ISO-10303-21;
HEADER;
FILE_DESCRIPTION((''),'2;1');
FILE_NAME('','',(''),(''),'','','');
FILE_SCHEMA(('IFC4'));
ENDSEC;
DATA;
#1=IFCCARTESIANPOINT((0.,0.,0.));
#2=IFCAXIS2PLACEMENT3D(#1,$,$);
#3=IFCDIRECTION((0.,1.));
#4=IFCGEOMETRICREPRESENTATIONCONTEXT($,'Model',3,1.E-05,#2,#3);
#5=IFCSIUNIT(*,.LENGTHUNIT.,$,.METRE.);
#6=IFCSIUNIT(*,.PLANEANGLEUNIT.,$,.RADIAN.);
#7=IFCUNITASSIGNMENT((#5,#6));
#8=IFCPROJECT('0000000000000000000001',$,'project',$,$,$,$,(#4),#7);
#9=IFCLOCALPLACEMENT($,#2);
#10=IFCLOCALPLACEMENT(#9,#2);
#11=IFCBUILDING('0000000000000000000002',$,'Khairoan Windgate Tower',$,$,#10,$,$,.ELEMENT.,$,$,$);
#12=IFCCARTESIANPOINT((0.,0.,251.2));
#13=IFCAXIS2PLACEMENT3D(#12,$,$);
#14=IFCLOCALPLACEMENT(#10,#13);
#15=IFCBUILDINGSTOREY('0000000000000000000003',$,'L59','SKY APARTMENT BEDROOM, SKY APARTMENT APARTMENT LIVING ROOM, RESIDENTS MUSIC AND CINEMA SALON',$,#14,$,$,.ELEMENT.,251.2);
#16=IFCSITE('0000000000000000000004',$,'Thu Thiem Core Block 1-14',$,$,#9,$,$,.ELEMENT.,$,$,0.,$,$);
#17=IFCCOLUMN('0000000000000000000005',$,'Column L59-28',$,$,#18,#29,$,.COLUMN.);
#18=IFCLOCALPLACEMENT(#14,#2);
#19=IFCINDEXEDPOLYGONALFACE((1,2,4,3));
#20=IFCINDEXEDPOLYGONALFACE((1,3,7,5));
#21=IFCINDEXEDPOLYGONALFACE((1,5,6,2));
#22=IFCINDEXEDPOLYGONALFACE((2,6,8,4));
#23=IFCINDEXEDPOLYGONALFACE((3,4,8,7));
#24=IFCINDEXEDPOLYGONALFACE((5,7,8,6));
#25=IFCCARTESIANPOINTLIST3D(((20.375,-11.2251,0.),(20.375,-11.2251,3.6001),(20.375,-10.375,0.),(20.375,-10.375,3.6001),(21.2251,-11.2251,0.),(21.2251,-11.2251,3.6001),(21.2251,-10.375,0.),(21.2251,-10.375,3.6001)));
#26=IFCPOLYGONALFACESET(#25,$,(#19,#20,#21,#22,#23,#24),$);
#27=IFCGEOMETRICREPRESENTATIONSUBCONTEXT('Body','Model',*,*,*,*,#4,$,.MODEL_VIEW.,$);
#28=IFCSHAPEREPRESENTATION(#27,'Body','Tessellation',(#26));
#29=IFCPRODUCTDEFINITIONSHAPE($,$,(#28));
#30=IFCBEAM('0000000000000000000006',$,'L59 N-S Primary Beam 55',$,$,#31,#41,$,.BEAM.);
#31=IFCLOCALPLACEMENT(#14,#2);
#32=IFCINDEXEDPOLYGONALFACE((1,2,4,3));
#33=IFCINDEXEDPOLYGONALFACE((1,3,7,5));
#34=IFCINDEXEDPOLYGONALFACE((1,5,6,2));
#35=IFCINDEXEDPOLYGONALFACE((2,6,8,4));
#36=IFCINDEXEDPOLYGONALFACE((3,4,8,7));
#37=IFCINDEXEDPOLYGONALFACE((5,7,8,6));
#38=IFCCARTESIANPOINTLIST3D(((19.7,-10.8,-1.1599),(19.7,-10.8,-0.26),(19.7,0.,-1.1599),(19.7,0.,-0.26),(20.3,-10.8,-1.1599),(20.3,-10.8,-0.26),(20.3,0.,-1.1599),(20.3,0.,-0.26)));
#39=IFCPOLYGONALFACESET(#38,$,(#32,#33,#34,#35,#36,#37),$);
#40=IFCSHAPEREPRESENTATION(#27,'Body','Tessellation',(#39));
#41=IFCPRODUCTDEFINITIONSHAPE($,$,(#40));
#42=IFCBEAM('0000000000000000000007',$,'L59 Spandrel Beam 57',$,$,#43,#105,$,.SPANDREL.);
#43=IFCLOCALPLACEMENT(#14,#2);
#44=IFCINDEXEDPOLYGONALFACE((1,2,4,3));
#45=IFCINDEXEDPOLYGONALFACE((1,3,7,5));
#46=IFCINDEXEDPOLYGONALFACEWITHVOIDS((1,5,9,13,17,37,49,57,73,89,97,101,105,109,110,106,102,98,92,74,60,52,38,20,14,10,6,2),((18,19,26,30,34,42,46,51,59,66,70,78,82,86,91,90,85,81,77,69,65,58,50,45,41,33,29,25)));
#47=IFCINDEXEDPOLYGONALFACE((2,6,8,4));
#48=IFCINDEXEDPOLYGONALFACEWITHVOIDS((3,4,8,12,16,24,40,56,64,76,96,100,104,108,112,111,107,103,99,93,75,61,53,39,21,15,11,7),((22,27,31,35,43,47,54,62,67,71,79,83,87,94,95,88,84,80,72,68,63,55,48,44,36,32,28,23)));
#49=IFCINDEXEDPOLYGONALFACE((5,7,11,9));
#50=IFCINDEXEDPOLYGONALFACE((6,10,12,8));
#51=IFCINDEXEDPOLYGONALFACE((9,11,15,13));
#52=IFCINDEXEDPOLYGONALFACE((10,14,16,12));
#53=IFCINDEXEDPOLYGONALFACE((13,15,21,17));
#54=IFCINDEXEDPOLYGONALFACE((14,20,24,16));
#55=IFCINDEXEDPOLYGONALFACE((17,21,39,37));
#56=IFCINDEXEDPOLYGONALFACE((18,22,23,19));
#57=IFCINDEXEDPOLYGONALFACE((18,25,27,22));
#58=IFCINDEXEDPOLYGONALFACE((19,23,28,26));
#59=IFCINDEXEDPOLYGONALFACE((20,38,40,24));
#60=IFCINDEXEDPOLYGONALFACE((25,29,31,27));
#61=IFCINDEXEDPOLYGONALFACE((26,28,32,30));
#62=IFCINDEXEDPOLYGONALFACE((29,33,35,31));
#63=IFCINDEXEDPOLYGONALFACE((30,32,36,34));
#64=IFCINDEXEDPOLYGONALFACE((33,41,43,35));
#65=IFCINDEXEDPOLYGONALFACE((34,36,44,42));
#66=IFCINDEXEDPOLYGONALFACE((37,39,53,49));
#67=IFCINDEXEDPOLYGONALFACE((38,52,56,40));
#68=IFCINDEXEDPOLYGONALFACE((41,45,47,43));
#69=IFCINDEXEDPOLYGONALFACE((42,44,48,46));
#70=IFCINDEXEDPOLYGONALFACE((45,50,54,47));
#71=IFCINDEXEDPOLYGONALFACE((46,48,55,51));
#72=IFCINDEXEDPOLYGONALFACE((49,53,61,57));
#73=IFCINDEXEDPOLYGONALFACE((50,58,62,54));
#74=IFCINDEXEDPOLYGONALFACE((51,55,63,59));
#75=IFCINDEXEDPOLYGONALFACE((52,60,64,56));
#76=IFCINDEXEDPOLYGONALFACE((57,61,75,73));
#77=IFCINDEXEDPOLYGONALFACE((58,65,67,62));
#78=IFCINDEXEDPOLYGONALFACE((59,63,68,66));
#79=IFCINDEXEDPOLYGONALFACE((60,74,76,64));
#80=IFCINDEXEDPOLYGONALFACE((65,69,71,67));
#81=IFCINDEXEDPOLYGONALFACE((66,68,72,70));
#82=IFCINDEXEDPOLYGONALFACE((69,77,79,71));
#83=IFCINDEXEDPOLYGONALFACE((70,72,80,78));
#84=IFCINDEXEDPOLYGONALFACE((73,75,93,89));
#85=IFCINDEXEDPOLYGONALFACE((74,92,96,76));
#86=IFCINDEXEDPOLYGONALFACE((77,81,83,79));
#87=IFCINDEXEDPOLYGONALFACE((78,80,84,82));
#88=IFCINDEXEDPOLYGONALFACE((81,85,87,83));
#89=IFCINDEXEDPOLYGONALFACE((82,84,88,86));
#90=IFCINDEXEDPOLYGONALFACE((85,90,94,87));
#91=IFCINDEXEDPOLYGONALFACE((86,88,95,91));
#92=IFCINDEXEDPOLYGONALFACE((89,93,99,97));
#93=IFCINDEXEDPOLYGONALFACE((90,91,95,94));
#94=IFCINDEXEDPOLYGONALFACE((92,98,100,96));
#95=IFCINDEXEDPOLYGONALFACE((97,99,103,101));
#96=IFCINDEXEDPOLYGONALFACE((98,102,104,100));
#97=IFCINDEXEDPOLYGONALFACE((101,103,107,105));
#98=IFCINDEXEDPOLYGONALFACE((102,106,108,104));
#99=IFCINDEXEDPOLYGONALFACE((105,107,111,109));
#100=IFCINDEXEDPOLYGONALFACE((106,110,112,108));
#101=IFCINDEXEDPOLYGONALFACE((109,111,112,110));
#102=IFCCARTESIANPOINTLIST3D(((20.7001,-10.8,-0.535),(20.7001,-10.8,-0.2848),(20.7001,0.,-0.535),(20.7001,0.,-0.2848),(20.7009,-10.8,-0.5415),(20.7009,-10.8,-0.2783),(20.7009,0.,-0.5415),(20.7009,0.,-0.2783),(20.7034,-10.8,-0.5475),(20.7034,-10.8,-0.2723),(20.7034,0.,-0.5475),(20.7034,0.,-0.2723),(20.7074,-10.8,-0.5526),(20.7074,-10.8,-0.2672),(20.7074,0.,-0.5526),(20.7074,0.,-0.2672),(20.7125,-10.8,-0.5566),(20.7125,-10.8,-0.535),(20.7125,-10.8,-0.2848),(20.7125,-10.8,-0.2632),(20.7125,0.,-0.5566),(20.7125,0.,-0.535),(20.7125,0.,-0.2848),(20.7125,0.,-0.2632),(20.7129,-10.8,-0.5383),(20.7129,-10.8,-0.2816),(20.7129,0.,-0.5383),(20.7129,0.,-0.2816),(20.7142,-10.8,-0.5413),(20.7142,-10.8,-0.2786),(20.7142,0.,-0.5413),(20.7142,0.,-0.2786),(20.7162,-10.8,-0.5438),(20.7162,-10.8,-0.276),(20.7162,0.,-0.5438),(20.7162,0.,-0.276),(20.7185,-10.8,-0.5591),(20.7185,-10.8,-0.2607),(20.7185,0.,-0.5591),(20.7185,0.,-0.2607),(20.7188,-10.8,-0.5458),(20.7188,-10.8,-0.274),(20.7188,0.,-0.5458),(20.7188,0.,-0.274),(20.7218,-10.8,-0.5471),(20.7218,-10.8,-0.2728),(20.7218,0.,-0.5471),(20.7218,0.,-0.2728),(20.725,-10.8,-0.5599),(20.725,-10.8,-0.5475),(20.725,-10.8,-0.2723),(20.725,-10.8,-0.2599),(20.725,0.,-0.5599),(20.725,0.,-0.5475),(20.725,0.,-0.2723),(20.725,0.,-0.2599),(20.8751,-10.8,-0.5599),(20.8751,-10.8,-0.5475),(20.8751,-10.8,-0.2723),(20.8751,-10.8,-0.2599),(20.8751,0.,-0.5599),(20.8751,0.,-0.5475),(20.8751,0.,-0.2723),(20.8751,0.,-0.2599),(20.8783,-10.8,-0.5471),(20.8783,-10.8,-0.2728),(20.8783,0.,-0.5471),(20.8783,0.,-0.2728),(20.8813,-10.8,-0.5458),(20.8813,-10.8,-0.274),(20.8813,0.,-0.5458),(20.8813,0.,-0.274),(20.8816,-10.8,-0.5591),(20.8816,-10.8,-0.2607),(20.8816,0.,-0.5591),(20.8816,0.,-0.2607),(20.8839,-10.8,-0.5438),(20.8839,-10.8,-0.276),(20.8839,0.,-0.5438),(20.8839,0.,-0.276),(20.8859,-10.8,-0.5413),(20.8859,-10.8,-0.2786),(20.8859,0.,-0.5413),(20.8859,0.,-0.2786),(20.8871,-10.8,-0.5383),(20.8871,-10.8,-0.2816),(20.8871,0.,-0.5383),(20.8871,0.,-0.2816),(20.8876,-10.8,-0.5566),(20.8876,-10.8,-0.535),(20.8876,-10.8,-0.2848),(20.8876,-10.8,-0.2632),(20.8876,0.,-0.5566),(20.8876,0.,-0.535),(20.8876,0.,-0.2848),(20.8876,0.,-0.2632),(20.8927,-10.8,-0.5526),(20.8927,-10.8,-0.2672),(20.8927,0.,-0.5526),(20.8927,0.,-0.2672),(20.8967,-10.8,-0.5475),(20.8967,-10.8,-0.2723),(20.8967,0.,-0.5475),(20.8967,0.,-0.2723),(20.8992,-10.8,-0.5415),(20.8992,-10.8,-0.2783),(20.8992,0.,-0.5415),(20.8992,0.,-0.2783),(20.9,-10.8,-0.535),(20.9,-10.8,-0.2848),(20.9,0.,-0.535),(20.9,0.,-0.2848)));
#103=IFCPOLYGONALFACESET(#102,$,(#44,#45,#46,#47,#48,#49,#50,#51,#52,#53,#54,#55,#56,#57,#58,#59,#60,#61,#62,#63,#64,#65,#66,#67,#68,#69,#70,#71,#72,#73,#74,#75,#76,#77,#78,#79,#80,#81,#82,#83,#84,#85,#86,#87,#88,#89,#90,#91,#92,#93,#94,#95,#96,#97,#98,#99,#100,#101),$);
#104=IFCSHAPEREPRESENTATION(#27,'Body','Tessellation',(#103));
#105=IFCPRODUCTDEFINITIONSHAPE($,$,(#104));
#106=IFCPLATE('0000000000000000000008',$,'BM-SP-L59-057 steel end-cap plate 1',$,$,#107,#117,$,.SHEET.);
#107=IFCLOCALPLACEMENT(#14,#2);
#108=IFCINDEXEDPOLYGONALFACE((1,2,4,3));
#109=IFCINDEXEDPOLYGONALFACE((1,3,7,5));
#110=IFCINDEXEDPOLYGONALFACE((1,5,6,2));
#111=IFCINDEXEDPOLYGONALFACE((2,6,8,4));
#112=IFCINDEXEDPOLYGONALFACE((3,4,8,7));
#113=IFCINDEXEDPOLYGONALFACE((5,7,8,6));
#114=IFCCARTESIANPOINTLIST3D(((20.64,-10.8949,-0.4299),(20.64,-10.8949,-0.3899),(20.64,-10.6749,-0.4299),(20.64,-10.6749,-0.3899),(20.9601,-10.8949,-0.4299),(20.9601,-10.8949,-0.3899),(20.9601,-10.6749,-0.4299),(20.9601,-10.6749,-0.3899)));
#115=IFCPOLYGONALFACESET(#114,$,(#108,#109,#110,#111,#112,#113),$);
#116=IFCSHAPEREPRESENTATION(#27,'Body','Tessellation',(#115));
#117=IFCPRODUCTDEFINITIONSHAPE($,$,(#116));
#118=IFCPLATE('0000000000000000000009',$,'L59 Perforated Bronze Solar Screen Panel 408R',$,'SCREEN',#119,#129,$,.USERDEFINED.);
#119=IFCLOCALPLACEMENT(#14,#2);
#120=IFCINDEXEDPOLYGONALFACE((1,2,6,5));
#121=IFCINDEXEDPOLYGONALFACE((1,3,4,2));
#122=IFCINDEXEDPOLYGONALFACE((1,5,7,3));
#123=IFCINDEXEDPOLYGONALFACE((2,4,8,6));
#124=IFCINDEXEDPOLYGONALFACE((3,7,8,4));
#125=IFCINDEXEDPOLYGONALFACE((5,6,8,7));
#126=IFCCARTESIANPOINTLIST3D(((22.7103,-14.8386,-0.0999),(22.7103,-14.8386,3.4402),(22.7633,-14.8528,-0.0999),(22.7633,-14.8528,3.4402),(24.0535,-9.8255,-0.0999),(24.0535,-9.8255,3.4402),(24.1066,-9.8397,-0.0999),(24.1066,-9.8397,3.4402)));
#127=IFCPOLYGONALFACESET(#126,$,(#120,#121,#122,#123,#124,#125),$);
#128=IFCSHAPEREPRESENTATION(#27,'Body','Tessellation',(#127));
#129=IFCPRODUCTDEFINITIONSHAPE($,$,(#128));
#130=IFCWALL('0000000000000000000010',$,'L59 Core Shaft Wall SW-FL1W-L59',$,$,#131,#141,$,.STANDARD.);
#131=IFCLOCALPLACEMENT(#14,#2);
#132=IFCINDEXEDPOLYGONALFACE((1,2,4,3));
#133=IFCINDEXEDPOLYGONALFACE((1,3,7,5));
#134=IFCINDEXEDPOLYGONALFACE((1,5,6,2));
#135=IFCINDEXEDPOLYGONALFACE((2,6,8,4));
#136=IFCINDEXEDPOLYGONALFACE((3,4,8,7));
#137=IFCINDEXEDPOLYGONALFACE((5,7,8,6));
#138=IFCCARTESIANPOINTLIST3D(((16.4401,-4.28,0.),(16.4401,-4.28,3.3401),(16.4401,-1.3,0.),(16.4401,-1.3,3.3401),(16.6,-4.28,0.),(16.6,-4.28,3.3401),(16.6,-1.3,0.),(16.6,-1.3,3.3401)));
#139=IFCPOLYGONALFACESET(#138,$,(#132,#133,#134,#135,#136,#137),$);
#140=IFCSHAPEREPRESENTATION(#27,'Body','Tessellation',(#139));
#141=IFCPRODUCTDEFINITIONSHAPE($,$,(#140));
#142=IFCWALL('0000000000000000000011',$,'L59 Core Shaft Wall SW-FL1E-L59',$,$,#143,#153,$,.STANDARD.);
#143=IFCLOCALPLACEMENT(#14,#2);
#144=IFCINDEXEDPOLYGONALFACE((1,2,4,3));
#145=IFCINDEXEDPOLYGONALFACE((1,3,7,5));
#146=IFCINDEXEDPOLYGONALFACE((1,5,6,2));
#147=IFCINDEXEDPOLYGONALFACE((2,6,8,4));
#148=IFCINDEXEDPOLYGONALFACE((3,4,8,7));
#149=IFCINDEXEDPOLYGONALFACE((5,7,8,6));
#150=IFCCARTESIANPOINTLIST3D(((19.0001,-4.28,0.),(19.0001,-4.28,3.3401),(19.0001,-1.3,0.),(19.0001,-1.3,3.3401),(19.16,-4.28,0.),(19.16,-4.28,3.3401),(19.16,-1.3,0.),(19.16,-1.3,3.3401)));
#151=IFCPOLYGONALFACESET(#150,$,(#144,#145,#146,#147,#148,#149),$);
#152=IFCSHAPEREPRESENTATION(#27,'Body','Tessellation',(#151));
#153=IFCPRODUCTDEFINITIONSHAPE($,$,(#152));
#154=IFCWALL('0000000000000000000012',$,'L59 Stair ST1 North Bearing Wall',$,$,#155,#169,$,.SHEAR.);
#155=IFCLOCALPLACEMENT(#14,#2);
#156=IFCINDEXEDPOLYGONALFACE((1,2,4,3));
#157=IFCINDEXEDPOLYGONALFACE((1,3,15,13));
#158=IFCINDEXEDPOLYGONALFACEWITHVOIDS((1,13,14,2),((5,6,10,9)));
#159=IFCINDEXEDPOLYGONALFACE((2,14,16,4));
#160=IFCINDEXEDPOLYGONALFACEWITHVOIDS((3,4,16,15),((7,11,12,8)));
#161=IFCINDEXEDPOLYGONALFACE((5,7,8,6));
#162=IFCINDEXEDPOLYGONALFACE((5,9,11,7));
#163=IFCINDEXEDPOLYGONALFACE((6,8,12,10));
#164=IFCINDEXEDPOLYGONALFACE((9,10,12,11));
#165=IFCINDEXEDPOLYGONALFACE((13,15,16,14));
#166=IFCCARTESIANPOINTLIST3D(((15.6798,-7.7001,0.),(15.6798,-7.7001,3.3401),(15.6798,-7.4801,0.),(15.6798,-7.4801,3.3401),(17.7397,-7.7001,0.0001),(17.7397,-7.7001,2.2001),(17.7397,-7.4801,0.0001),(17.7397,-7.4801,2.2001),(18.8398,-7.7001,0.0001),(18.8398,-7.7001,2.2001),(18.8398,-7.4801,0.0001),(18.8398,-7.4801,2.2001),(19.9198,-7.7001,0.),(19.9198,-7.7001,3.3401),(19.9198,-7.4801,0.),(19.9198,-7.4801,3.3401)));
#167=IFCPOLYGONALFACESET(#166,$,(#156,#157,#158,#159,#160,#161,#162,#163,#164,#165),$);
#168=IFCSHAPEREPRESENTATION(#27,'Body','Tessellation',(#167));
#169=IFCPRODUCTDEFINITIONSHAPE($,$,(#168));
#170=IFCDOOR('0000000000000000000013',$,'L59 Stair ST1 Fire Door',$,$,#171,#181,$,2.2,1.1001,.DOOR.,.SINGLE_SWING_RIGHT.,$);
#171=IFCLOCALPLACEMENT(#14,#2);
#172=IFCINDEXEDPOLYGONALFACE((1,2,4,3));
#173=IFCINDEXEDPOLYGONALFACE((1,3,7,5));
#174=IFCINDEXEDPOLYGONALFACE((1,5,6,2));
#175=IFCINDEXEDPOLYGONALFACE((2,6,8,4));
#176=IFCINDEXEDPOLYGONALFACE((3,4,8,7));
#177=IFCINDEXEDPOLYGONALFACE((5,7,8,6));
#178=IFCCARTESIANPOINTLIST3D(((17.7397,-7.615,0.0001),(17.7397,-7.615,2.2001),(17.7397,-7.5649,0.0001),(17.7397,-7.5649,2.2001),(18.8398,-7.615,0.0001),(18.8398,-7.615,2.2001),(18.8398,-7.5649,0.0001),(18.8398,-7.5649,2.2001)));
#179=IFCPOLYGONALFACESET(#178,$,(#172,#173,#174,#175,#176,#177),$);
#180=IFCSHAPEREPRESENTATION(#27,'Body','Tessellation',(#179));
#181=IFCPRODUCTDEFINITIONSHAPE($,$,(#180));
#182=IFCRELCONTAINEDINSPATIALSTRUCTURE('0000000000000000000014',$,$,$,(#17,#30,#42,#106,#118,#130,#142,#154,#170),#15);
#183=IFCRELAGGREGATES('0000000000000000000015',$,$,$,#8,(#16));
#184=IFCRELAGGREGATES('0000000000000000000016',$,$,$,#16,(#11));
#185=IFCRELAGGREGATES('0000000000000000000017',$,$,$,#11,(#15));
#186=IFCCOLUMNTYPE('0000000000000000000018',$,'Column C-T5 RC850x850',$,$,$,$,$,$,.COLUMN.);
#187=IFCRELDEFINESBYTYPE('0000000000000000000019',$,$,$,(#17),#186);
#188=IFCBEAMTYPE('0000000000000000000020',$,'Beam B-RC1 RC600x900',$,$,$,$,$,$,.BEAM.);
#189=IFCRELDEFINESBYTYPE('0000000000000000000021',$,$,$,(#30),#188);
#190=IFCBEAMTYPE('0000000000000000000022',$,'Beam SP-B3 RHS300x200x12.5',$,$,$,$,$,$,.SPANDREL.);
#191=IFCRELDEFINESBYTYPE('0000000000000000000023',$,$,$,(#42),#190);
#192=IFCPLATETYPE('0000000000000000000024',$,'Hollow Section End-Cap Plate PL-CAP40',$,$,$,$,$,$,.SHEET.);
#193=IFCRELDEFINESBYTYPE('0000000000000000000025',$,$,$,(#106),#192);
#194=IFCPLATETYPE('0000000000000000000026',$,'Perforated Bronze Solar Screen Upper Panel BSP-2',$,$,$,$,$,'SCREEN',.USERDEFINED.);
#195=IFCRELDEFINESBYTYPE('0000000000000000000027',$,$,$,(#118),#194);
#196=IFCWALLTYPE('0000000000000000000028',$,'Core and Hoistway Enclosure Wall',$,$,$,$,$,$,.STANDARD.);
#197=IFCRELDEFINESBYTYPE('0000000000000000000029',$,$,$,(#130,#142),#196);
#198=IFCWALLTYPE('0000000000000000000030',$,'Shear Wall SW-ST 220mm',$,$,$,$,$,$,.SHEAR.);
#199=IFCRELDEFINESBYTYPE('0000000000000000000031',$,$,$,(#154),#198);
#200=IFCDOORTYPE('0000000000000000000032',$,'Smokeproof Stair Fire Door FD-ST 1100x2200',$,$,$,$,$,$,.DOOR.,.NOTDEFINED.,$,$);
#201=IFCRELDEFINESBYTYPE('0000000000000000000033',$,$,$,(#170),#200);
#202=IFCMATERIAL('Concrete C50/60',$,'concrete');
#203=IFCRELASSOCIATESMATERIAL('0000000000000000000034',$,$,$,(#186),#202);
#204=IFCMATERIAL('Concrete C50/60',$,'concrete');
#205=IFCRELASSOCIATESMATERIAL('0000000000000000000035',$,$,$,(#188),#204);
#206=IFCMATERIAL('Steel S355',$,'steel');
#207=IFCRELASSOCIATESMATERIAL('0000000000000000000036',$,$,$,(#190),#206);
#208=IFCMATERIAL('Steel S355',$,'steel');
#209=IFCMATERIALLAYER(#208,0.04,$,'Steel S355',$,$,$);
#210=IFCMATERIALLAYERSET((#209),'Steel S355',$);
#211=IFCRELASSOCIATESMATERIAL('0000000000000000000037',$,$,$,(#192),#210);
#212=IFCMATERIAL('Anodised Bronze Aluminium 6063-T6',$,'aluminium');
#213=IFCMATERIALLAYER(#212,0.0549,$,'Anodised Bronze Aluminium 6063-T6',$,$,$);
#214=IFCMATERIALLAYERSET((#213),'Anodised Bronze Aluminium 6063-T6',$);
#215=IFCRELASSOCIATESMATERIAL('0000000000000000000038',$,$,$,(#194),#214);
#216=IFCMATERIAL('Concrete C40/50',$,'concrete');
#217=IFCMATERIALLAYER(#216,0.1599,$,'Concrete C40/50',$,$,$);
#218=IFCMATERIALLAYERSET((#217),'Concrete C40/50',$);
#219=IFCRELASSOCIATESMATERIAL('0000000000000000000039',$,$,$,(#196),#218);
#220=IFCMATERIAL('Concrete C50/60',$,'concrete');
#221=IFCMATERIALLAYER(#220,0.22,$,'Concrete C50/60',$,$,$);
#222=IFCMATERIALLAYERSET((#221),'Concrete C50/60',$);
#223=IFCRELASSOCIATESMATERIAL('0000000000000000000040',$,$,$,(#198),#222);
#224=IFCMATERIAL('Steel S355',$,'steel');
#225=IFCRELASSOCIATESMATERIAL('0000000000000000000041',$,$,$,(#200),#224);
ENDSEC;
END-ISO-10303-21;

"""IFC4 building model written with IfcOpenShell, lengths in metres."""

from ifc_helpers import new_model, si_unit, direction, frame, frame_2d, origin, origin_2d, place, context, subcontext, project, spatial, rectangle, hollow_rectangle, extrude, material, layer, layer_set, material_profile, profile_set, type_object, element, fill, save


model = new_model("IFC4")

# Units and contexts
model_context = context("Model", 3, precision=1e-05, world=origin(), true_north=direction((0.0, 1.0)))
body_context = subcontext(model_context, "Body", "Model", "MODEL_VIEW")
ifc_project = project(units=[si_unit("LENGTHUNIT", "METRE"), si_unit("PLANEANGLEUNIT", "RADIAN")], contexts=[model_context])

# Site, building, storey
site_placement = place(None, origin())
site = spatial("IfcSite", under=ifc_project, at=site_placement, Name="Thu Thiem Core Block 1-14", CompositionType="ELEMENT", RefElevation=0.0)
building_placement = place(site_placement, origin())
building = spatial("IfcBuilding", under=site, at=building_placement, Name="Khairoan Windgate Tower", CompositionType="ELEMENT")
storey_placement = place(building_placement, frame((0.0, 0.0, 251.2)))
storey = spatial("IfcBuildingStorey", under=building, at=storey_placement, Name="L59", Description="SKY APARTMENT BEDROOM, SKY APARTMENT APARTMENT LIVING ROOM, RESIDENTS MUSIC AND CINEMA SALON", CompositionType="ELEMENT", Elevation=251.2)

# Column
ifc_material_1 = material(Name="Concrete C50/60", Category="concrete")
ifc_material_profile_1 = material_profile(ifc_material_1, rectangle(XDim=0.8501, YDim=0.8501, at=origin_2d()))
ifc_profile_set_1 = profile_set([ifc_material_profile_1], Name="Concrete C50/60")
column_type = type_object("IfcColumnType", Name="Column C-T5 RC850x850", PredefinedType="COLUMN", material=ifc_profile_set_1)
column_placement = place(storey_placement, frame((20.8, -10.8, 0.0), z_axis=(0.0, 0.0, 1.0), x_axis=(1.0, 0.0, 0.0)))
element("IfcColumn", 1, at=column_placement, inside=storey, type_object=column_type, Name="Column L59-28", PredefinedType="COLUMN", context=body_context, shape_type="SweptSolid", body=[
    extrude(rectangle(XDim=0.8501, YDim=0.8501, at=origin_2d()), origin(), (0.0, 0.0, 1.0), 3.6001),
])

# Beams
ifc_material_2 = material(Name="Concrete C50/60", Category="concrete")
ifc_material_profile_2 = material_profile(ifc_material_2, rectangle(XDim=0.6001, YDim=0.8999, at=origin_2d()))
ifc_profile_set_2 = profile_set([ifc_material_profile_2], Name="Concrete C50/60")
beam_type_1 = type_object("IfcBeamType", Name="Beam B-RC1 RC600x900", PredefinedType="BEAM", material=ifc_profile_set_2)
beam_1_placement = place(storey_placement, frame((20.0, -10.8, -0.71), z_axis=(0.0, 1.0, 0.0), x_axis=(-1.0, 0.0, 0.0)))
element("IfcBeam", 2, at=beam_1_placement, inside=storey, type_object=beam_type_1, Name="L59 N-S Primary Beam 55", PredefinedType="BEAM", context=body_context, shape_type="SweptSolid", body=[
    extrude(rectangle(XDim=0.6001, YDim=0.8999, at=origin_2d()), origin(), (0.0, 0.0, 1.0), 10.8),
])
ifc_material_3 = material(Name="Steel S355", Category="steel")
ifc_material_profile_3 = material_profile(ifc_material_3, hollow_rectangle(XDim=0.2, YDim=0.3, WallThickness=0.0125, InnerFilletRadius=0.0125, OuterFilletRadius=0.0249, at=origin_2d()))
ifc_profile_set_3 = profile_set([ifc_material_profile_3], Name="Steel S355")
beam_type_2 = type_object("IfcBeamType", Name="Beam SP-B3 RHS300x200x12.5", PredefinedType="SPANDREL", material=ifc_profile_set_3)
beam_2_placement = place(storey_placement, frame((20.8, -10.8, -0.4099), z_axis=(0.0, 1.0, 0.0), x_axis=(-1.0, 0.0, 0.0)))
element("IfcBeam", 3, at=beam_2_placement, inside=storey, type_object=beam_type_2, Name="L59 Spandrel Beam 57", PredefinedType="SPANDREL", context=body_context, shape_type="SweptSolid", body=[
    extrude(hollow_rectangle(XDim=0.2, YDim=0.3, WallThickness=0.0125, InnerFilletRadius=0.0125, OuterFilletRadius=0.0249, at=origin_2d()), origin(), (0.0, 0.0, 1.0), 10.8),
])

# Plates
ifc_material_4 = material(Name="Steel S355", Category="steel")
ifc_layer_1 = layer(ifc_material_4, 0.04, Name="Steel S355")
ifc_layer_set_1 = layer_set([ifc_layer_1], Name="Steel S355")
plate_type_1 = type_object("IfcPlateType", Name="Hollow Section End-Cap Plate PL-CAP40", PredefinedType="SHEET", material=ifc_layer_set_1)
plate_1_placement = place(storey_placement, frame((20.8, -10.7849, -0.4299), z_axis=(0.0, 0.0, 1.0), x_axis=(0.0, 1.0, 0.0)))
element("IfcPlate", 4, at=plate_1_placement, inside=storey, type_object=plate_type_1, Name="BM-SP-L59-057 steel end-cap plate 1", PredefinedType="SHEET", context=body_context, shape_type="SweptSolid", body=[
    extrude(rectangle(XDim=0.22, YDim=0.3201, at=origin_2d()), origin(), (0.0, 0.0, 1.0), 0.04),
])
ifc_material_5 = material(Name="Anodised Bronze Aluminium 6063-T6", Category="aluminium")
ifc_layer_2 = layer(ifc_material_5, 0.0549, Name="Anodised Bronze Aluminium 6063-T6")
ifc_layer_set_2 = layer_set([ifc_layer_2], Name="Anodised Bronze Aluminium 6063-T6")
plate_type_2 = type_object("IfcPlateType", Name="Perforated Bronze Solar Screen Upper Panel BSP-2", ElementType="SCREEN", PredefinedType="USERDEFINED", material=ifc_layer_set_2)
plate_2_placement = place(storey_placement, frame((23.4084, -12.3391, -0.0999), z_axis=(0.0, 0.0, 1.0), x_axis=(-0.258819, -0.965926, 0.0)))
element("IfcPlate", 5, at=plate_2_placement, inside=storey, type_object=plate_type_2, Name="L59 Perforated Bronze Solar Screen Panel 408R", ObjectType="SCREEN", PredefinedType="USERDEFINED", context=body_context, shape_type="SweptSolid", body=[
    extrude(rectangle(XDim=5.1899, YDim=0.0549, at=origin_2d()), origin(), (0.0, 0.0, 1.0), 3.54),
])

# Walls
ifc_material_6 = material(Name="Concrete C40/50", Category="concrete")
ifc_layer_3 = layer(ifc_material_6, 0.1599, Name="Concrete C40/50")
ifc_layer_set_3 = layer_set([ifc_layer_3], Name="Concrete C40/50")
wall_type_1 = type_object("IfcWallType", Name="Core and Hoistway Enclosure Wall", PredefinedType="STANDARD", material=ifc_layer_set_3)
for number, where, z_axis, x_axis, name in (
    (6, (16.52, -4.28, 0.0), (0.0, 0.0, 1.0), (0.0, 1.0, 0.0), "L59 Core Shaft Wall SW-FL1W-L59"),
    (7, (19.0801, -4.28, 0.0), (0.0, 0.0, 1.0), (0.0, 1.0, 0.0), "L59 Core Shaft Wall SW-FL1E-L59"),
):
    element("IfcWall", number, at=place(storey_placement, frame(where, z_axis=z_axis, x_axis=x_axis)), inside=storey, type_object=wall_type_1, Name=name, PredefinedType="STANDARD", context=body_context, shape_type="SweptSolid", body=[
        extrude(rectangle(XDim=2.98, YDim=0.1599, at=frame_2d((1.49, 0.0))), origin(), (0.0, 0.0, 1.0), 3.3401),
    ])

# Wall, opening, door
ifc_material_7 = material(Name="Concrete C50/60", Category="concrete")
ifc_layer_4 = layer(ifc_material_7, 0.22, Name="Concrete C50/60")
ifc_layer_set_4 = layer_set([ifc_layer_4], Name="Concrete C50/60")
wall_type_2 = type_object("IfcWallType", Name="Shear Wall SW-ST 220mm", PredefinedType="SHEAR", material=ifc_layer_set_4)
wall_placement = place(storey_placement, frame((19.9199, -7.5901, 0.0), z_axis=(0.0, 0.0, 1.0), x_axis=(-1.0, 0.0, 0.0)))
wall = element("IfcWall", 8, at=wall_placement, inside=storey, type_object=wall_type_2, Name="L59 Stair ST1 North Bearing Wall", PredefinedType="SHEAR", context=body_context, shape_type="SweptSolid", body=[
    extrude(rectangle(XDim=4.24, YDim=0.22, at=frame_2d((2.1201, 0.0))), origin(), (0.0, 0.0, 1.0), 3.3401),
])
opening_placement = place(wall_placement, frame((1.0801, 0.0, 0.0)))
opening = element("IfcOpeningElement", 9, at=opening_placement, cuts=wall, PredefinedType="OPENING", context=body_context, shape_type="SweptSolid", body=[
    extrude(rectangle(XDim=1.1001, YDim=2.2, at=frame_2d((0.55, 1.1001))), frame((0.0, 0.1199, 0.0), z_axis=(0.0, -1.0, 0.0), x_axis=(1.0, 0.0, 0.0)), (0.0, 0.0, 1.0), 0.24),
])
ifc_material_8 = material(Name="Steel S355", Category="steel")
door_type = type_object("IfcDoorType", Name="Smokeproof Stair Fire Door FD-ST 1100x2200", OperationType="NOTDEFINED", PredefinedType="DOOR", material=ifc_material_8)
door_placement = place(opening_placement, origin())
door = element("IfcDoor", 10, at=door_placement, inside=storey, type_object=door_type, Name="L59 Stair ST1 Fire Door", OperationType="SINGLE_SWING_RIGHT", OverallHeight=2.2, OverallWidth=1.1001, PredefinedType="DOOR", context=body_context, shape_type="SweptSolid", body=[
    extrude(rectangle(XDim=1.1001, YDim=2.2, at=frame_2d((0.55, 1.1001))), frame((0.0, 0.0249, 0.0), z_axis=(0.0, -1.0, 0.0), x_axis=(1.0, 0.0, 0.0)), (0.0, 0.0, 1.0), 0.05),
])
fill(opening, door)

save(model, "model.ifc")
